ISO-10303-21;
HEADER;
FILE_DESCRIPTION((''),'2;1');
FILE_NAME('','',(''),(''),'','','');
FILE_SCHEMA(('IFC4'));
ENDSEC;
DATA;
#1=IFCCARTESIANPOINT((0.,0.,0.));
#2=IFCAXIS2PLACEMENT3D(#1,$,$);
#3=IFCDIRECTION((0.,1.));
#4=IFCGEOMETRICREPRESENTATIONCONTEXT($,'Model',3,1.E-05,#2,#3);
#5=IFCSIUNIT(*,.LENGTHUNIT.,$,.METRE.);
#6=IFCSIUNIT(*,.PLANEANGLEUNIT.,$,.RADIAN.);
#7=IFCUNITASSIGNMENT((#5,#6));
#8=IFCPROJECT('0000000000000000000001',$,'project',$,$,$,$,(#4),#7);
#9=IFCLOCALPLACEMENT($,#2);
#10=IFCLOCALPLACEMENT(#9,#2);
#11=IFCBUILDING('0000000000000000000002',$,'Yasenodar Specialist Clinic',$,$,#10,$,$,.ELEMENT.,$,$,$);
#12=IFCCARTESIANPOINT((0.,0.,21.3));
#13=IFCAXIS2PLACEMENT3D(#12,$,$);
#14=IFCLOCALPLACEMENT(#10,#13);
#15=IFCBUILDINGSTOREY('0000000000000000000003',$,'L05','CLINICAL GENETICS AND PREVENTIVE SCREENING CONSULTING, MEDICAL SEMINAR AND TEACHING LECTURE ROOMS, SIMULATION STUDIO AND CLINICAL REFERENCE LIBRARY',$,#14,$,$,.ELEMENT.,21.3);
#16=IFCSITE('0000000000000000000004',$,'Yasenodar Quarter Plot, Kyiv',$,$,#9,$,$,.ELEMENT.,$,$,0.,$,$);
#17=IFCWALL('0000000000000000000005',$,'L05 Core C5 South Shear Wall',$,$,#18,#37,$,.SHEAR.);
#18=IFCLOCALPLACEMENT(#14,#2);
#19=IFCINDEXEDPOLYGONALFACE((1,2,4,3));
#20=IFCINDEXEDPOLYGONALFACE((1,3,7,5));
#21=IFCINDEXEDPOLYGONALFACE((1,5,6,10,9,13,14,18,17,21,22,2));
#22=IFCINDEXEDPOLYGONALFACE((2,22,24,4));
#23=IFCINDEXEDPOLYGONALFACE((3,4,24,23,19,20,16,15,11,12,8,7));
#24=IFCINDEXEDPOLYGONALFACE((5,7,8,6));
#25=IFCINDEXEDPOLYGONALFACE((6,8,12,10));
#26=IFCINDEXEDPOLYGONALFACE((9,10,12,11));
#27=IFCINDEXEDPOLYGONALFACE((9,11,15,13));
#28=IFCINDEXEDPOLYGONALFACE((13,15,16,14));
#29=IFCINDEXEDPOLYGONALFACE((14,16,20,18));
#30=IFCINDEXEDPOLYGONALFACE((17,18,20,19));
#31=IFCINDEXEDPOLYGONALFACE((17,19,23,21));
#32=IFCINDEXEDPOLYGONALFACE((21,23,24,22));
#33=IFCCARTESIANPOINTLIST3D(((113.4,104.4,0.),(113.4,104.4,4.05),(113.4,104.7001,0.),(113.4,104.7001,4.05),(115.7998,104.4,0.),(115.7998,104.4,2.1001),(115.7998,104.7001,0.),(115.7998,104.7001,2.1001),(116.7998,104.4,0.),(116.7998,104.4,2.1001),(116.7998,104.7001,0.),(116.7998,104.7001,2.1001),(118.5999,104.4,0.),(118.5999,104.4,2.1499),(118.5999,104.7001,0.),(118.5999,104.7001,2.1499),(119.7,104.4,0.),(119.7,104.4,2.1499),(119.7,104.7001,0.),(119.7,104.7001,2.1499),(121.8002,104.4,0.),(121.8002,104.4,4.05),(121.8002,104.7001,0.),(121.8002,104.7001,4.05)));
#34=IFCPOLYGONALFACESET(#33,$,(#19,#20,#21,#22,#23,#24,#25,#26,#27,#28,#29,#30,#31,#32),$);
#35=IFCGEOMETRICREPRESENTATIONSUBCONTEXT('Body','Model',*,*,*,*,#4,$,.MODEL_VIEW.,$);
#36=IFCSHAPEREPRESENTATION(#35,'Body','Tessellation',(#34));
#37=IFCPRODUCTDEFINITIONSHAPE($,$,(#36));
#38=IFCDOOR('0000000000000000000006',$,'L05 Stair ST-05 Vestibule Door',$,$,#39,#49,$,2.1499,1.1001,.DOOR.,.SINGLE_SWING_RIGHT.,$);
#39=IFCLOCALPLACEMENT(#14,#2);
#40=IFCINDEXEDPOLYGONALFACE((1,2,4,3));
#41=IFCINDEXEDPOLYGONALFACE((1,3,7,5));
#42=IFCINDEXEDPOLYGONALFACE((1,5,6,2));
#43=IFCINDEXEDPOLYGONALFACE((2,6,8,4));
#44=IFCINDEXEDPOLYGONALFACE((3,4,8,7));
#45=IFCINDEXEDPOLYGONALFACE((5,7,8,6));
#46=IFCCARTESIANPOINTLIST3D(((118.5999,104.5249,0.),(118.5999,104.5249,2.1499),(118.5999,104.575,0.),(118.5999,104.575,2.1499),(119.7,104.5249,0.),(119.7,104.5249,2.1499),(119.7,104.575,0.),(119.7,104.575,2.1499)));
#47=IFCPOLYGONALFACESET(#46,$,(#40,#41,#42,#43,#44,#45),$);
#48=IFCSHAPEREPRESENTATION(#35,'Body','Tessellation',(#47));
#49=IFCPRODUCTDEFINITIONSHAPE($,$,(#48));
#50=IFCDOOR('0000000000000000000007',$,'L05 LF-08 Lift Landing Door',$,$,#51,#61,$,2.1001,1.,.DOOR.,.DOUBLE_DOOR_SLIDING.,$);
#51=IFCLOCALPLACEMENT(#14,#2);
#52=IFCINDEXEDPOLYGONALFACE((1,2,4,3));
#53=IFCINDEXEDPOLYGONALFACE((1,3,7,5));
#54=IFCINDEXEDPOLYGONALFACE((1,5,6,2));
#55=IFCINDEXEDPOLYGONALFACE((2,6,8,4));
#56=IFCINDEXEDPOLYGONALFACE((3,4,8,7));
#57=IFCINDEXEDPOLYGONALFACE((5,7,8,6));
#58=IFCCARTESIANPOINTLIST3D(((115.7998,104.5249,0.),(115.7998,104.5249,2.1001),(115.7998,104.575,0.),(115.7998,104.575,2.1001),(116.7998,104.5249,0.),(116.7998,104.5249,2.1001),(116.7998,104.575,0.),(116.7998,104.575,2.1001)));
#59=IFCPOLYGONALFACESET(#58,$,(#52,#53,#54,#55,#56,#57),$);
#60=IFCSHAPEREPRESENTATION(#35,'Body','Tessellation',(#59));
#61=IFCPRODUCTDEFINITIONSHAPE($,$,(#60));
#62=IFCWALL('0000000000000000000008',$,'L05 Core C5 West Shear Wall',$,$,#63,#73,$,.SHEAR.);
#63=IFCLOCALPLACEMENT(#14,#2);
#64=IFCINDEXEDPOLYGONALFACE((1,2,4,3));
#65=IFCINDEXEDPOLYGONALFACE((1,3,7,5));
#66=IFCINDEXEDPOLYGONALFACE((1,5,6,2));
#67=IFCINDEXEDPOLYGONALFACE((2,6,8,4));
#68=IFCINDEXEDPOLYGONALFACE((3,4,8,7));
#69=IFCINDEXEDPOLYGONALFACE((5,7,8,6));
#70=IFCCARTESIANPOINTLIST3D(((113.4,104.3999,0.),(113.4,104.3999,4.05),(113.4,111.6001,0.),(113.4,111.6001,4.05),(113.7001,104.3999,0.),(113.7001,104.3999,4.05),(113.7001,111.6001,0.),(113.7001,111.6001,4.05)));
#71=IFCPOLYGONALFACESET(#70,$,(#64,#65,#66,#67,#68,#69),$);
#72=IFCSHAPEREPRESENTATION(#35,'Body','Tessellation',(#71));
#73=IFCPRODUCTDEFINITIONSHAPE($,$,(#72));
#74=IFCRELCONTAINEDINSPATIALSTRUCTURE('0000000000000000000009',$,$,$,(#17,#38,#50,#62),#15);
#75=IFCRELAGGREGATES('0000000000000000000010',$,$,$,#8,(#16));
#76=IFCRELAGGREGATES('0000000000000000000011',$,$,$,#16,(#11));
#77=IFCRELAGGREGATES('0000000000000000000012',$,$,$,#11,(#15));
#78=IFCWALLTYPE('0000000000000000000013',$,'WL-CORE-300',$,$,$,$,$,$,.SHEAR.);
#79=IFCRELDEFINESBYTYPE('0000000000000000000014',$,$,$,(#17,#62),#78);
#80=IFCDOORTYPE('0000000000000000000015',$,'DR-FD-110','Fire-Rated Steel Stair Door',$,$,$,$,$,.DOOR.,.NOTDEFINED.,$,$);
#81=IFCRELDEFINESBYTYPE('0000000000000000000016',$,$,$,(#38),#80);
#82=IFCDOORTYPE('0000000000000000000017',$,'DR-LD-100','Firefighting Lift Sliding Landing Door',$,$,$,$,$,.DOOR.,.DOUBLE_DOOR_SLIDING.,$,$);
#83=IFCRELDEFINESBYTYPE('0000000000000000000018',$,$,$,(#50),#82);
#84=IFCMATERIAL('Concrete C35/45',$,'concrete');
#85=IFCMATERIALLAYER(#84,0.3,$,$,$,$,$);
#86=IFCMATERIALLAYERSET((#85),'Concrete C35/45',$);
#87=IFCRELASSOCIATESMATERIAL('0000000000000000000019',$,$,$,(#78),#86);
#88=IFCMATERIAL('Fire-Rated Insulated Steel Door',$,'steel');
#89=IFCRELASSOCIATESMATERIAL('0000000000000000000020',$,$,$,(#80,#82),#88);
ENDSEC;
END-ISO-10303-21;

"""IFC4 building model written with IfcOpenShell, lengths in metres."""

from ifc_helpers import new_model, si_unit, direction, frame, frame_2d, origin, place, context, subcontext, project, spatial, rectangle, extrude, material, layer, layer_set, type_object, element, fill, save


model = new_model("IFC4")

# Units and contexts
model_context = context("Model", 3, precision=1e-05, world=origin(), true_north=direction((0.0, 1.0)))
body_context = subcontext(model_context, "Body", "Model", "MODEL_VIEW")
ifc_project = project(units=[si_unit("LENGTHUNIT", "METRE"), si_unit("PLANEANGLEUNIT", "RADIAN")], contexts=[model_context])

# Site, building, storey
site_placement = place(None, origin())
site = spatial("IfcSite", under=ifc_project, at=site_placement, Name="Yasenodar Quarter Plot, Kyiv", CompositionType="ELEMENT", RefElevation=0.0)
building_placement = place(site_placement, origin())
building = spatial("IfcBuilding", under=site, at=building_placement, Name="Yasenodar Specialist Clinic", CompositionType="ELEMENT")
storey_placement = place(building_placement, frame((0.0, 0.0, 21.3)))
storey = spatial("IfcBuildingStorey", under=building, at=storey_placement, Name="L05", Description="CLINICAL GENETICS AND PREVENTIVE SCREENING CONSULTING, MEDICAL SEMINAR AND TEACHING LECTURE ROOMS, SIMULATION STUDIO AND CLINICAL REFERENCE LIBRARY", CompositionType="ELEMENT", Elevation=21.3)

# Shared definitions
ifc_material_1 = material(Name="Fire-Rated Insulated Steel Door", Category="steel")

# Wall, openings, doors
ifc_material_2 = material(Name="Concrete C35/45", Category="concrete")
ifc_layer_1 = layer(ifc_material_2, 0.3)
ifc_layer_set_1 = layer_set([ifc_layer_1], Name="Concrete C35/45")
wall_type_1 = type_object("IfcWallType", Name="WL-CORE-300", PredefinedType="SHEAR", material=ifc_layer_set_1)
wall_1_placement = place(storey_placement, frame((113.3999, 104.55, 0.0), z_axis=(0.0, 0.0, 1.0), x_axis=(1.0, 0.0, 0.0)))
wall_1 = element("IfcWall", 1, at=wall_1_placement, inside=storey, type_object=wall_type_1, Name="L05 Core C5 South Shear Wall", PredefinedType="SHEAR", context=body_context, shape_type="SweptSolid", body=[
    extrude(rectangle(XDim=8.4001, YDim=0.3, at=frame_2d((4.2002, 0.0))), origin(), (0.0, 0.0, 1.0), 4.05),
])
opening_1_placement = place(wall_1_placement, frame((5.2, 0.0, 0.0)))
opening_1 = element("IfcOpeningElement", 2, at=opening_1_placement, cuts=wall_1, PredefinedType="OPENING", context=body_context, shape_type="SweptSolid", body=[
    extrude(rectangle(XDim=1.1001, YDim=2.1499, at=frame_2d((0.55, 1.075))), frame((0.0, 0.1602, 0.0), z_axis=(0.0, -1.0, 0.0), x_axis=(1.0, 0.0, 0.0)), (0.0, 0.0, 1.0), 0.3201),
])
opening_2_placement = place(wall_1_placement, frame((2.3999, 0.0, 0.0)))
opening_2 = element("IfcOpeningElement", 3, at=opening_2_placement, cuts=wall_1, PredefinedType="OPENING", context=body_context, shape_type="SweptSolid", body=[
    extrude(rectangle(XDim=1.0, YDim=2.1001, at=frame_2d((0.5, 1.05))), frame((0.0, 0.1602, 0.0), z_axis=(0.0, -1.0, 0.0), x_axis=(1.0, 0.0, 0.0)), (0.0, 0.0, 1.0), 0.3201),
])
door_type_1 = type_object("IfcDoorType", Name="DR-FD-110", Description="Fire-Rated Steel Stair Door", OperationType="NOTDEFINED", PredefinedType="DOOR", material=ifc_material_1)
door_1_placement = place(opening_1_placement, origin())
door_1 = element("IfcDoor", 4, at=door_1_placement, inside=storey, type_object=door_type_1, Name="L05 Stair ST-05 Vestibule Door", OperationType="SINGLE_SWING_RIGHT", OverallHeight=2.1499, OverallWidth=1.1001, PredefinedType="DOOR", context=body_context, shape_type="SweptSolid", body=[
    extrude(rectangle(XDim=1.1001, YDim=2.1499, at=frame_2d((0.55, 1.075))), frame((0.0, 0.0249, 0.0), z_axis=(0.0, -1.0, 0.0), x_axis=(1.0, 0.0, 0.0)), (0.0, 0.0, 1.0), 0.05),
])
fill(opening_1, door_1)
door_type_2 = type_object("IfcDoorType", Name="DR-LD-100", Description="Firefighting Lift Sliding Landing Door", OperationType="DOUBLE_DOOR_SLIDING", PredefinedType="DOOR", material=ifc_material_1)
door_2_placement = place(opening_2_placement, origin())
door_2 = element("IfcDoor", 5, at=door_2_placement, inside=storey, type_object=door_type_2, Name="L05 LF-08 Lift Landing Door", OperationType="DOUBLE_DOOR_SLIDING", OverallHeight=2.1001, OverallWidth=1.0, PredefinedType="DOOR", context=body_context, shape_type="SweptSolid", body=[
    extrude(rectangle(XDim=1.0, YDim=2.1001, at=frame_2d((0.5, 1.05))), frame((0.0, 0.0249, 0.0), z_axis=(0.0, -1.0, 0.0), x_axis=(1.0, 0.0, 0.0)), (0.0, 0.0, 1.0), 0.05),
])
fill(opening_2, door_2)

# Wall
wall_2_placement = place(storey_placement, frame((113.55, 104.3999, 0.0), z_axis=(0.0, 0.0, 1.0), x_axis=(0.0, 1.0, 0.0)))
element("IfcWall", 6, at=wall_2_placement, inside=storey, type_object=wall_type_1, Name="L05 Core C5 West Shear Wall", PredefinedType="SHEAR", context=body_context, shape_type="SweptSolid", body=[
    extrude(rectangle(XDim=7.2002, YDim=0.3, at=frame_2d((3.6001, 0.0))), origin(), (0.0, 0.0, 1.0), 4.05),
])

save(model, "model.ifc")
